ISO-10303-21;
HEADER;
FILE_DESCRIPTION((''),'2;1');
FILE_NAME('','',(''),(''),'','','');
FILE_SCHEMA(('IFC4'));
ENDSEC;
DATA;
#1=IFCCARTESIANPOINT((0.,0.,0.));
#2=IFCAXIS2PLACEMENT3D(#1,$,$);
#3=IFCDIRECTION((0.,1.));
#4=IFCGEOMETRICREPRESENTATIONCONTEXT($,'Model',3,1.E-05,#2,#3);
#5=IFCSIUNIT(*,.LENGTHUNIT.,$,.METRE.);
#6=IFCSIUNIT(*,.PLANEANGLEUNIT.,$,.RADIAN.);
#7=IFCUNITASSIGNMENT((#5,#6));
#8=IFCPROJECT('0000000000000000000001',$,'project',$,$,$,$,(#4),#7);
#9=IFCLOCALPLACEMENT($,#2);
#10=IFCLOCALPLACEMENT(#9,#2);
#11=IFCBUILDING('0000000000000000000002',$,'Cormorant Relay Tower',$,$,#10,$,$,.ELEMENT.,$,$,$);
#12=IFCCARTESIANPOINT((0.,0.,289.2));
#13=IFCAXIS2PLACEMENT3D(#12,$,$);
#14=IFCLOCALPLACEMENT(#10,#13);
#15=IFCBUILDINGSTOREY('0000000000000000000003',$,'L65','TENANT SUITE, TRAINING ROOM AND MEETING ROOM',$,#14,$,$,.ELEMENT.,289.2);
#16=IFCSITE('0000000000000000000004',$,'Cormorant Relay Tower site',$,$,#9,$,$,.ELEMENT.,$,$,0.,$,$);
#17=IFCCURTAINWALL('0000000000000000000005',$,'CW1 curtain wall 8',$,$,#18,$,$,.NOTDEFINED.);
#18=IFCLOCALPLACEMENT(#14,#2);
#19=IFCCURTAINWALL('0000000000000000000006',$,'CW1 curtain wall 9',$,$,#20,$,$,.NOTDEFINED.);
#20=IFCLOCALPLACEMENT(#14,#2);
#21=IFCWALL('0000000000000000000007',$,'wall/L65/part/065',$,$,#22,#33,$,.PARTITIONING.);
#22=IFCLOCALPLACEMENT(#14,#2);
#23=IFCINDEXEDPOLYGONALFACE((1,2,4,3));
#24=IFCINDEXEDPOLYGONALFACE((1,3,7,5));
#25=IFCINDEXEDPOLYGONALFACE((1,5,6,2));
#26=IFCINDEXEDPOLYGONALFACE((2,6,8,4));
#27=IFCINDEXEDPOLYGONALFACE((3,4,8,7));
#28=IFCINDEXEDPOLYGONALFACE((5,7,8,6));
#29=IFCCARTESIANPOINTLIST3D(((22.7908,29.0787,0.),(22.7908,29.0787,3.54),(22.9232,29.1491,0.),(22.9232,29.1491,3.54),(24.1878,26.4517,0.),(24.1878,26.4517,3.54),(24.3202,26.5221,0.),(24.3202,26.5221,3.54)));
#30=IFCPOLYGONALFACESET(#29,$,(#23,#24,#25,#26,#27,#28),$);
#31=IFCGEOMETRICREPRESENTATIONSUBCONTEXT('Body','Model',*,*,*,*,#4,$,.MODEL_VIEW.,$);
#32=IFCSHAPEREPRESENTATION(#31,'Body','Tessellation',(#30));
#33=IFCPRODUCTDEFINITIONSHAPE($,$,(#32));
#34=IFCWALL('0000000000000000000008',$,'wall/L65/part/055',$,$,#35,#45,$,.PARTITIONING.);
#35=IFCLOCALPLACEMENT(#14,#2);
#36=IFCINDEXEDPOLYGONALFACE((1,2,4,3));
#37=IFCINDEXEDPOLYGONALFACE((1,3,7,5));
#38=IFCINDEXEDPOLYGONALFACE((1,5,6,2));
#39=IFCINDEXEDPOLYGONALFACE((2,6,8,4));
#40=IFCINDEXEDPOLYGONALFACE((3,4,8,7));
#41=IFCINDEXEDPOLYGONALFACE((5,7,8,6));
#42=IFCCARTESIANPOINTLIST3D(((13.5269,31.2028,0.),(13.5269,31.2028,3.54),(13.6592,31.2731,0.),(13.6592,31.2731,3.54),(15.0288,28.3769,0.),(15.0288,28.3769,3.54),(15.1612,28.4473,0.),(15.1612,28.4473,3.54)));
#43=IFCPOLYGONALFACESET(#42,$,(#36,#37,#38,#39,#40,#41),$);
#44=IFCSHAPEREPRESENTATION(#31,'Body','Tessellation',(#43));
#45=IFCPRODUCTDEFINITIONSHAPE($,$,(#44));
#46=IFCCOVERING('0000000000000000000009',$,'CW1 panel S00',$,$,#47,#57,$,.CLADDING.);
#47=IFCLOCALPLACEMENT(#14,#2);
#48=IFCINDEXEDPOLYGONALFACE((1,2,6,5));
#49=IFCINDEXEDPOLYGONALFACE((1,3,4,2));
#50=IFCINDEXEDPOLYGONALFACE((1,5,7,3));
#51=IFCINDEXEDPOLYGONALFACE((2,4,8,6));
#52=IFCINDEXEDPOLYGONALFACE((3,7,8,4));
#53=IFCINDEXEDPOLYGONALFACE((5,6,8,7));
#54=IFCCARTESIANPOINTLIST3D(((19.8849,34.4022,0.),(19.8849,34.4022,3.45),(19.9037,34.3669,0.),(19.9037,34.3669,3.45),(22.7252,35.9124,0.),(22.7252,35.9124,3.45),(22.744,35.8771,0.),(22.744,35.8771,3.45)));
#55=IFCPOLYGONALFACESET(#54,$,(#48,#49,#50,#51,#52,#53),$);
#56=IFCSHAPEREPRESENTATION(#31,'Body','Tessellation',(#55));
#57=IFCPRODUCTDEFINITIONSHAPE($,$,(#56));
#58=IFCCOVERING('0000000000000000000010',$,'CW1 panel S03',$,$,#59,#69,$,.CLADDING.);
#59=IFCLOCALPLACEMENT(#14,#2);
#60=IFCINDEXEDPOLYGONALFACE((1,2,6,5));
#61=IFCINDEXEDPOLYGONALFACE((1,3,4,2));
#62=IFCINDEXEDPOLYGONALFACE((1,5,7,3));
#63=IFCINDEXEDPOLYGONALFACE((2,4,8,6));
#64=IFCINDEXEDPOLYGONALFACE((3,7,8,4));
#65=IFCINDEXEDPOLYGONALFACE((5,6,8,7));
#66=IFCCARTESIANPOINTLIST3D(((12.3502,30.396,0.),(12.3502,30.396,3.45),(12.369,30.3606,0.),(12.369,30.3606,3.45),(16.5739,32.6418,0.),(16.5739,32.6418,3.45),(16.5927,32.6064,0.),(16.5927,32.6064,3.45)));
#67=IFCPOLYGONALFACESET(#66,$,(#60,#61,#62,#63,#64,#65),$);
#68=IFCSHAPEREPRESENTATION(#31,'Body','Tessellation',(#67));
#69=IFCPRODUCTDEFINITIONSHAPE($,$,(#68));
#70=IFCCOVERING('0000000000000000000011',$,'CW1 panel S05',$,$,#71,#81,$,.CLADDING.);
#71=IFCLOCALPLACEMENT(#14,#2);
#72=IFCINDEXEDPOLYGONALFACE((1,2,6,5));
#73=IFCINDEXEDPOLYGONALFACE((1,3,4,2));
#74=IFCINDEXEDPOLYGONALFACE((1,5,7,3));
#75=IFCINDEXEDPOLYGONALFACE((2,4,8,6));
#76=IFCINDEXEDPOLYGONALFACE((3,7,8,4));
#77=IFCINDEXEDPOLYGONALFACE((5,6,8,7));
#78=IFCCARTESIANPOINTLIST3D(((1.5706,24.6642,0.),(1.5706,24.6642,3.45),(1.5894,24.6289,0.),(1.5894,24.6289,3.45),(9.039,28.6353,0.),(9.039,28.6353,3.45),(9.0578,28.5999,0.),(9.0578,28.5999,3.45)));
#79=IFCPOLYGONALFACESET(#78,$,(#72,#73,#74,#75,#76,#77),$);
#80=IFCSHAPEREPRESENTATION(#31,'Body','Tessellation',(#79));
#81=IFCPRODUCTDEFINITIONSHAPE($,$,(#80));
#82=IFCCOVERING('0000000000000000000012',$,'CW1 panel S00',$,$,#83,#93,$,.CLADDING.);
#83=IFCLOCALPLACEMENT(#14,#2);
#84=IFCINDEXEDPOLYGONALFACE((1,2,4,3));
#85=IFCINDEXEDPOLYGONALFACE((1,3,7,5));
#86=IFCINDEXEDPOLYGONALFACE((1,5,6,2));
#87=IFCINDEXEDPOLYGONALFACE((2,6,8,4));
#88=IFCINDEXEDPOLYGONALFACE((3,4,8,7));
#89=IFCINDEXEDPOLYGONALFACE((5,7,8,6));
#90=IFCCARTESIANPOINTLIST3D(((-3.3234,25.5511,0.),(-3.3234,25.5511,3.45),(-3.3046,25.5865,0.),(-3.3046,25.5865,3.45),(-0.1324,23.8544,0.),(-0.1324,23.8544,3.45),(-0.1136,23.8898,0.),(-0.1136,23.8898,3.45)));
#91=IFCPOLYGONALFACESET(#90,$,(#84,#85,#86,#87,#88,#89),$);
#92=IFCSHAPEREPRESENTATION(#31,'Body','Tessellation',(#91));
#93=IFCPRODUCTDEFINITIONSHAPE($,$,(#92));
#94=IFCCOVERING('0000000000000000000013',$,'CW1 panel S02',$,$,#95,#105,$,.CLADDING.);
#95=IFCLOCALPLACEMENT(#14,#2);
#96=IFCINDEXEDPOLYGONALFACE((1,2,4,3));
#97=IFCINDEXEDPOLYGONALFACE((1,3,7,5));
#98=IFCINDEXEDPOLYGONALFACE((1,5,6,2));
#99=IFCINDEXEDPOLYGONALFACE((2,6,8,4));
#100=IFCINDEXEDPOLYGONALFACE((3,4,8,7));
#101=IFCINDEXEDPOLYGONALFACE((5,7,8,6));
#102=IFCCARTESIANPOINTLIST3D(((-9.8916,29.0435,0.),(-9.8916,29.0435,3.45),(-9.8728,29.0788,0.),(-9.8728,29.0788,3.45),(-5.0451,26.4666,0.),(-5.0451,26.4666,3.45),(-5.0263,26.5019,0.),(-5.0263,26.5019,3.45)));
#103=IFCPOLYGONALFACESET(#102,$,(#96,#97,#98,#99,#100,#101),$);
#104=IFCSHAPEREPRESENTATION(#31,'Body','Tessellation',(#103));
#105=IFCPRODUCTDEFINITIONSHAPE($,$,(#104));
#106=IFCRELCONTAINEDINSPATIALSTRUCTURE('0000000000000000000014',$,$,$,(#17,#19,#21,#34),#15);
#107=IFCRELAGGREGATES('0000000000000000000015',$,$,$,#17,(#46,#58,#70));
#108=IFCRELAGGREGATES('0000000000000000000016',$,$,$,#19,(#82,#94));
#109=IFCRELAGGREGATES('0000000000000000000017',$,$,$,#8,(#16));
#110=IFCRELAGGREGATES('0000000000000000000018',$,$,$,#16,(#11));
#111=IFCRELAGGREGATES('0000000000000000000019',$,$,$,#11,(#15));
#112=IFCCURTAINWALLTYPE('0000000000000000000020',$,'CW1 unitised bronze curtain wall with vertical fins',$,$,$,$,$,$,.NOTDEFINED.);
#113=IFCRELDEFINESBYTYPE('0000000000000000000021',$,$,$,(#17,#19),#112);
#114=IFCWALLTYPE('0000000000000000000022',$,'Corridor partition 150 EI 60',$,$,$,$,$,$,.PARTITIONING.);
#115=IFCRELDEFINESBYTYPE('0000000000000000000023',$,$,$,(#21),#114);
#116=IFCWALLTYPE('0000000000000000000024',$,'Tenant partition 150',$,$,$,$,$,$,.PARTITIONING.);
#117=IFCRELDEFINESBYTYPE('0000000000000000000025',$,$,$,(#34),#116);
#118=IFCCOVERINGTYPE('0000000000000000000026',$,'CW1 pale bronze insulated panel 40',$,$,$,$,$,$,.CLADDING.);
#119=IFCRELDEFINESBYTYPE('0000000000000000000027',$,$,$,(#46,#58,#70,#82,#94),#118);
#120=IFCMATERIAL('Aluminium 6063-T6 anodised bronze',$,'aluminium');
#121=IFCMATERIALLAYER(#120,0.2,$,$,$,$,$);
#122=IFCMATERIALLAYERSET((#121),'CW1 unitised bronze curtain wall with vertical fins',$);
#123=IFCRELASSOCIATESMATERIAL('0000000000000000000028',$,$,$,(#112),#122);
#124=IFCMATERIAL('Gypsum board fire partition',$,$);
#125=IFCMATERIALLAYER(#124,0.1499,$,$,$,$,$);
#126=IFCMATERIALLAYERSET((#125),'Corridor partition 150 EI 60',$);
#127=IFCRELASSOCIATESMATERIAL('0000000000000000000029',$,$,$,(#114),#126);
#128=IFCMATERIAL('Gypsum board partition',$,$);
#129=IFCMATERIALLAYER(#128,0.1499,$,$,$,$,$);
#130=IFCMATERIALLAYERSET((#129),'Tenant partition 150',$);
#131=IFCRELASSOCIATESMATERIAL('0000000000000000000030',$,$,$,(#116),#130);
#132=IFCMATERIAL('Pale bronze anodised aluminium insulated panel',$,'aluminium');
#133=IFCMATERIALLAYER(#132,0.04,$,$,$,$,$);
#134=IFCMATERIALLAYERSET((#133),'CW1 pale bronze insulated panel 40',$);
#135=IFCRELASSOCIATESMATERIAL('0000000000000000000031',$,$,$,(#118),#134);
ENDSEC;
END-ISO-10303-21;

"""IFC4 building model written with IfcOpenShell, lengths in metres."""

from ifc_helpers import new_model, si_unit, direction, frame, frame_2d, origin, origin_2d, place, context, subcontext, project, spatial, rectangle, extrude, material, layer, layer_set, type_object, element, aggregate, save


model = new_model("IFC4")

# Units and contexts
model_context = context("Model", 3, precision=1e-05, world=origin(), true_north=direction((0.0, 1.0)))
body_context = subcontext(model_context, "Body", "Model", "MODEL_VIEW")
ifc_project = project(units=[si_unit("LENGTHUNIT", "METRE"), si_unit("PLANEANGLEUNIT", "RADIAN")], contexts=[model_context])

# Site, building, storey
site_placement = place(None, origin())
site = spatial("IfcSite", under=ifc_project, at=site_placement, Name="Cormorant Relay Tower site", CompositionType="ELEMENT", RefElevation=0.0)
building_placement = place(site_placement, origin())
building = spatial("IfcBuilding", under=site, at=building_placement, Name="Cormorant Relay Tower", CompositionType="ELEMENT")
storey_placement = place(building_placement, frame((0.0, 0.0, 289.2)))
storey = spatial("IfcBuildingStorey", under=building, at=storey_placement, Name="L65", Description="TENANT SUITE, TRAINING ROOM AND MEETING ROOM", CompositionType="ELEMENT", Elevation=289.2)

# Curtain walls
ifc_material_1 = material(Name="Aluminium 6063-T6 anodised bronze", Category="aluminium")
ifc_layer_1 = layer(ifc_material_1, 0.2)
ifc_layer_set_1 = layer_set([ifc_layer_1], Name="CW1 unitised bronze curtain wall with vertical fins")
curtain_wall_type = type_object("IfcCurtainWallType", Name="CW1 unitised bronze curtain wall with vertical fins", PredefinedType="NOTDEFINED", material=ifc_layer_set_1)
curtain_wall_1_placement = place(storey_placement, origin())
curtain_wall_1 = element("IfcCurtainWall", 1, at=curtain_wall_1_placement, inside=storey, type_object=curtain_wall_type, Name="CW1 curtain wall 8", PredefinedType="NOTDEFINED")
curtain_wall_2_placement = place(storey_placement, origin())
curtain_wall_2 = element("IfcCurtainWall", 2, at=curtain_wall_2_placement, inside=storey, type_object=curtain_wall_type, Name="CW1 curtain wall 9", PredefinedType="NOTDEFINED")

# Walls
ifc_material_2 = material(Name="Gypsum board fire partition")
ifc_layer_2 = layer(ifc_material_2, 0.1499)
ifc_layer_set_2 = layer_set([ifc_layer_2], Name="Corridor partition 150 EI 60")
wall_type_1 = type_object("IfcWallType", Name="Corridor partition 150 EI 60", PredefinedType="PARTITIONING", material=ifc_layer_set_2)
wall_1_placement = place(storey_placement, frame((22.8569, 29.114, 0.0), z_axis=(0.0, 0.0, 1.0), x_axis=(0.469523, -0.88292, 0.0)))
element("IfcWall", 3, at=wall_1_placement, inside=storey, type_object=wall_type_1, Name="wall/L65/part/065", PredefinedType="PARTITIONING", context=body_context, shape_type="SweptSolid", body=[
    extrude(rectangle(XDim=2.9753, YDim=0.1499, at=frame_2d((1.4878, 0.0))), origin(), (0.0, 0.0, 1.0), 3.54),
])
ifc_material_3 = material(Name="Gypsum board partition")
ifc_layer_3 = layer(ifc_material_3, 0.1499)
ifc_layer_set_3 = layer_set([ifc_layer_3], Name="Tenant partition 150")
wall_type_2 = type_object("IfcWallType", Name="Tenant partition 150", PredefinedType="PARTITIONING", material=ifc_layer_set_3)
wall_2_placement = place(storey_placement, frame((15.095, 28.4121, 0.0), z_axis=(0.0, 0.0, 1.0), x_axis=(-0.469321, 0.883028, 0.0)))
element("IfcWall", 4, at=wall_2_placement, inside=storey, type_object=wall_type_2, Name="wall/L65/part/055", PredefinedType="PARTITIONING", context=body_context, shape_type="SweptSolid", body=[
    extrude(rectangle(XDim=3.2002, YDim=0.1499, at=frame_2d((1.6001, 0.0))), origin(), (0.0, 0.0, 1.0), 3.54),
])

# Coverings
ifc_material_4 = material(Name="Pale bronze anodised aluminium insulated panel", Category="aluminium")
ifc_layer_4 = layer(ifc_material_4, 0.04)
ifc_layer_set_4 = layer_set([ifc_layer_4], Name="CW1 pale bronze insulated panel 40")
covering_type = type_object("IfcCoveringType", Name="CW1 pale bronze insulated panel 40", PredefinedType="CLADDING", material=ifc_layer_set_4)
covering_1_placement = place(storey_placement, frame((21.3145, 35.1396, 0.0), z_axis=(0.0, 0.0, 1.0), x_axis=(-0.882948, -0.469472, 0.0)))
covering_1 = element("IfcCovering", 5, at=covering_1_placement, type_object=covering_type, Name="CW1 panel S00", PredefinedType="CLADDING", context=body_context, shape_type="SweptSolid", body=[
    extrude(rectangle(XDim=3.2168, YDim=0.04, at=origin_2d()), origin(), (0.0, 0.0, 1.0), 3.45),
])
covering_2_placement = place(storey_placement, frame((14.4714, 31.5012, 0.0), z_axis=(0.0, 0.0, 1.0), x_axis=(-0.882948, -0.469472, 0.0)))
covering_2 = element("IfcCovering", 6, at=covering_2_placement, type_object=covering_type, Name="CW1 panel S03", PredefinedType="CLADDING", context=body_context, shape_type="SweptSolid", body=[
    extrude(rectangle(XDim=4.7837, YDim=0.04, at=origin_2d()), origin(), (0.0, 0.0, 1.0), 3.45),
])
covering_3_placement = place(storey_placement, frame((5.3142, 26.6321, 0.0), z_axis=(0.0, 0.0, 1.0), x_axis=(-0.882948, -0.469472, 0.0)))
covering_3 = element("IfcCovering", 7, at=covering_3_placement, type_object=covering_type, Name="CW1 panel S05", PredefinedType="CLADDING", context=body_context, shape_type="SweptSolid", body=[
    extrude(rectangle(XDim=8.4585, YDim=0.04, at=origin_2d()), origin(), (0.0, 0.0, 1.0), 3.45),
])
aggregate(curtain_wall_1, [covering_1, covering_2, covering_3])
covering_4_placement = place(storey_placement, frame((-1.7185, 24.7205, 0.0), z_axis=(0.0, 0.0, 1.0), x_axis=(-0.882948, 0.469472, 0.0)))
covering_4 = element("IfcCovering", 8, at=covering_4_placement, type_object=covering_type, Name="CW1 panel S00", PredefinedType="CLADDING", context=body_context, shape_type="SweptSolid", body=[
    extrude(rectangle(XDim=3.614, YDim=0.04, at=origin_2d()), origin(), (0.0, 0.0, 1.0), 3.45),
])
covering_5_placement = place(storey_placement, frame((-7.459, 27.7727, 0.0), z_axis=(0.0, 0.0, 1.0), x_axis=(-0.882948, 0.469472, 0.0)))
covering_5 = element("IfcCovering", 9, at=covering_5_placement, type_object=covering_type, Name="CW1 panel S02", PredefinedType="CLADDING", context=body_context, shape_type="SweptSolid", body=[
    extrude(rectangle(XDim=5.489, YDim=0.04, at=origin_2d()), origin(), (0.0, 0.0, 1.0), 3.45),
])
aggregate(curtain_wall_2, [covering_4, covering_5])

save(model, "model.ifc")
